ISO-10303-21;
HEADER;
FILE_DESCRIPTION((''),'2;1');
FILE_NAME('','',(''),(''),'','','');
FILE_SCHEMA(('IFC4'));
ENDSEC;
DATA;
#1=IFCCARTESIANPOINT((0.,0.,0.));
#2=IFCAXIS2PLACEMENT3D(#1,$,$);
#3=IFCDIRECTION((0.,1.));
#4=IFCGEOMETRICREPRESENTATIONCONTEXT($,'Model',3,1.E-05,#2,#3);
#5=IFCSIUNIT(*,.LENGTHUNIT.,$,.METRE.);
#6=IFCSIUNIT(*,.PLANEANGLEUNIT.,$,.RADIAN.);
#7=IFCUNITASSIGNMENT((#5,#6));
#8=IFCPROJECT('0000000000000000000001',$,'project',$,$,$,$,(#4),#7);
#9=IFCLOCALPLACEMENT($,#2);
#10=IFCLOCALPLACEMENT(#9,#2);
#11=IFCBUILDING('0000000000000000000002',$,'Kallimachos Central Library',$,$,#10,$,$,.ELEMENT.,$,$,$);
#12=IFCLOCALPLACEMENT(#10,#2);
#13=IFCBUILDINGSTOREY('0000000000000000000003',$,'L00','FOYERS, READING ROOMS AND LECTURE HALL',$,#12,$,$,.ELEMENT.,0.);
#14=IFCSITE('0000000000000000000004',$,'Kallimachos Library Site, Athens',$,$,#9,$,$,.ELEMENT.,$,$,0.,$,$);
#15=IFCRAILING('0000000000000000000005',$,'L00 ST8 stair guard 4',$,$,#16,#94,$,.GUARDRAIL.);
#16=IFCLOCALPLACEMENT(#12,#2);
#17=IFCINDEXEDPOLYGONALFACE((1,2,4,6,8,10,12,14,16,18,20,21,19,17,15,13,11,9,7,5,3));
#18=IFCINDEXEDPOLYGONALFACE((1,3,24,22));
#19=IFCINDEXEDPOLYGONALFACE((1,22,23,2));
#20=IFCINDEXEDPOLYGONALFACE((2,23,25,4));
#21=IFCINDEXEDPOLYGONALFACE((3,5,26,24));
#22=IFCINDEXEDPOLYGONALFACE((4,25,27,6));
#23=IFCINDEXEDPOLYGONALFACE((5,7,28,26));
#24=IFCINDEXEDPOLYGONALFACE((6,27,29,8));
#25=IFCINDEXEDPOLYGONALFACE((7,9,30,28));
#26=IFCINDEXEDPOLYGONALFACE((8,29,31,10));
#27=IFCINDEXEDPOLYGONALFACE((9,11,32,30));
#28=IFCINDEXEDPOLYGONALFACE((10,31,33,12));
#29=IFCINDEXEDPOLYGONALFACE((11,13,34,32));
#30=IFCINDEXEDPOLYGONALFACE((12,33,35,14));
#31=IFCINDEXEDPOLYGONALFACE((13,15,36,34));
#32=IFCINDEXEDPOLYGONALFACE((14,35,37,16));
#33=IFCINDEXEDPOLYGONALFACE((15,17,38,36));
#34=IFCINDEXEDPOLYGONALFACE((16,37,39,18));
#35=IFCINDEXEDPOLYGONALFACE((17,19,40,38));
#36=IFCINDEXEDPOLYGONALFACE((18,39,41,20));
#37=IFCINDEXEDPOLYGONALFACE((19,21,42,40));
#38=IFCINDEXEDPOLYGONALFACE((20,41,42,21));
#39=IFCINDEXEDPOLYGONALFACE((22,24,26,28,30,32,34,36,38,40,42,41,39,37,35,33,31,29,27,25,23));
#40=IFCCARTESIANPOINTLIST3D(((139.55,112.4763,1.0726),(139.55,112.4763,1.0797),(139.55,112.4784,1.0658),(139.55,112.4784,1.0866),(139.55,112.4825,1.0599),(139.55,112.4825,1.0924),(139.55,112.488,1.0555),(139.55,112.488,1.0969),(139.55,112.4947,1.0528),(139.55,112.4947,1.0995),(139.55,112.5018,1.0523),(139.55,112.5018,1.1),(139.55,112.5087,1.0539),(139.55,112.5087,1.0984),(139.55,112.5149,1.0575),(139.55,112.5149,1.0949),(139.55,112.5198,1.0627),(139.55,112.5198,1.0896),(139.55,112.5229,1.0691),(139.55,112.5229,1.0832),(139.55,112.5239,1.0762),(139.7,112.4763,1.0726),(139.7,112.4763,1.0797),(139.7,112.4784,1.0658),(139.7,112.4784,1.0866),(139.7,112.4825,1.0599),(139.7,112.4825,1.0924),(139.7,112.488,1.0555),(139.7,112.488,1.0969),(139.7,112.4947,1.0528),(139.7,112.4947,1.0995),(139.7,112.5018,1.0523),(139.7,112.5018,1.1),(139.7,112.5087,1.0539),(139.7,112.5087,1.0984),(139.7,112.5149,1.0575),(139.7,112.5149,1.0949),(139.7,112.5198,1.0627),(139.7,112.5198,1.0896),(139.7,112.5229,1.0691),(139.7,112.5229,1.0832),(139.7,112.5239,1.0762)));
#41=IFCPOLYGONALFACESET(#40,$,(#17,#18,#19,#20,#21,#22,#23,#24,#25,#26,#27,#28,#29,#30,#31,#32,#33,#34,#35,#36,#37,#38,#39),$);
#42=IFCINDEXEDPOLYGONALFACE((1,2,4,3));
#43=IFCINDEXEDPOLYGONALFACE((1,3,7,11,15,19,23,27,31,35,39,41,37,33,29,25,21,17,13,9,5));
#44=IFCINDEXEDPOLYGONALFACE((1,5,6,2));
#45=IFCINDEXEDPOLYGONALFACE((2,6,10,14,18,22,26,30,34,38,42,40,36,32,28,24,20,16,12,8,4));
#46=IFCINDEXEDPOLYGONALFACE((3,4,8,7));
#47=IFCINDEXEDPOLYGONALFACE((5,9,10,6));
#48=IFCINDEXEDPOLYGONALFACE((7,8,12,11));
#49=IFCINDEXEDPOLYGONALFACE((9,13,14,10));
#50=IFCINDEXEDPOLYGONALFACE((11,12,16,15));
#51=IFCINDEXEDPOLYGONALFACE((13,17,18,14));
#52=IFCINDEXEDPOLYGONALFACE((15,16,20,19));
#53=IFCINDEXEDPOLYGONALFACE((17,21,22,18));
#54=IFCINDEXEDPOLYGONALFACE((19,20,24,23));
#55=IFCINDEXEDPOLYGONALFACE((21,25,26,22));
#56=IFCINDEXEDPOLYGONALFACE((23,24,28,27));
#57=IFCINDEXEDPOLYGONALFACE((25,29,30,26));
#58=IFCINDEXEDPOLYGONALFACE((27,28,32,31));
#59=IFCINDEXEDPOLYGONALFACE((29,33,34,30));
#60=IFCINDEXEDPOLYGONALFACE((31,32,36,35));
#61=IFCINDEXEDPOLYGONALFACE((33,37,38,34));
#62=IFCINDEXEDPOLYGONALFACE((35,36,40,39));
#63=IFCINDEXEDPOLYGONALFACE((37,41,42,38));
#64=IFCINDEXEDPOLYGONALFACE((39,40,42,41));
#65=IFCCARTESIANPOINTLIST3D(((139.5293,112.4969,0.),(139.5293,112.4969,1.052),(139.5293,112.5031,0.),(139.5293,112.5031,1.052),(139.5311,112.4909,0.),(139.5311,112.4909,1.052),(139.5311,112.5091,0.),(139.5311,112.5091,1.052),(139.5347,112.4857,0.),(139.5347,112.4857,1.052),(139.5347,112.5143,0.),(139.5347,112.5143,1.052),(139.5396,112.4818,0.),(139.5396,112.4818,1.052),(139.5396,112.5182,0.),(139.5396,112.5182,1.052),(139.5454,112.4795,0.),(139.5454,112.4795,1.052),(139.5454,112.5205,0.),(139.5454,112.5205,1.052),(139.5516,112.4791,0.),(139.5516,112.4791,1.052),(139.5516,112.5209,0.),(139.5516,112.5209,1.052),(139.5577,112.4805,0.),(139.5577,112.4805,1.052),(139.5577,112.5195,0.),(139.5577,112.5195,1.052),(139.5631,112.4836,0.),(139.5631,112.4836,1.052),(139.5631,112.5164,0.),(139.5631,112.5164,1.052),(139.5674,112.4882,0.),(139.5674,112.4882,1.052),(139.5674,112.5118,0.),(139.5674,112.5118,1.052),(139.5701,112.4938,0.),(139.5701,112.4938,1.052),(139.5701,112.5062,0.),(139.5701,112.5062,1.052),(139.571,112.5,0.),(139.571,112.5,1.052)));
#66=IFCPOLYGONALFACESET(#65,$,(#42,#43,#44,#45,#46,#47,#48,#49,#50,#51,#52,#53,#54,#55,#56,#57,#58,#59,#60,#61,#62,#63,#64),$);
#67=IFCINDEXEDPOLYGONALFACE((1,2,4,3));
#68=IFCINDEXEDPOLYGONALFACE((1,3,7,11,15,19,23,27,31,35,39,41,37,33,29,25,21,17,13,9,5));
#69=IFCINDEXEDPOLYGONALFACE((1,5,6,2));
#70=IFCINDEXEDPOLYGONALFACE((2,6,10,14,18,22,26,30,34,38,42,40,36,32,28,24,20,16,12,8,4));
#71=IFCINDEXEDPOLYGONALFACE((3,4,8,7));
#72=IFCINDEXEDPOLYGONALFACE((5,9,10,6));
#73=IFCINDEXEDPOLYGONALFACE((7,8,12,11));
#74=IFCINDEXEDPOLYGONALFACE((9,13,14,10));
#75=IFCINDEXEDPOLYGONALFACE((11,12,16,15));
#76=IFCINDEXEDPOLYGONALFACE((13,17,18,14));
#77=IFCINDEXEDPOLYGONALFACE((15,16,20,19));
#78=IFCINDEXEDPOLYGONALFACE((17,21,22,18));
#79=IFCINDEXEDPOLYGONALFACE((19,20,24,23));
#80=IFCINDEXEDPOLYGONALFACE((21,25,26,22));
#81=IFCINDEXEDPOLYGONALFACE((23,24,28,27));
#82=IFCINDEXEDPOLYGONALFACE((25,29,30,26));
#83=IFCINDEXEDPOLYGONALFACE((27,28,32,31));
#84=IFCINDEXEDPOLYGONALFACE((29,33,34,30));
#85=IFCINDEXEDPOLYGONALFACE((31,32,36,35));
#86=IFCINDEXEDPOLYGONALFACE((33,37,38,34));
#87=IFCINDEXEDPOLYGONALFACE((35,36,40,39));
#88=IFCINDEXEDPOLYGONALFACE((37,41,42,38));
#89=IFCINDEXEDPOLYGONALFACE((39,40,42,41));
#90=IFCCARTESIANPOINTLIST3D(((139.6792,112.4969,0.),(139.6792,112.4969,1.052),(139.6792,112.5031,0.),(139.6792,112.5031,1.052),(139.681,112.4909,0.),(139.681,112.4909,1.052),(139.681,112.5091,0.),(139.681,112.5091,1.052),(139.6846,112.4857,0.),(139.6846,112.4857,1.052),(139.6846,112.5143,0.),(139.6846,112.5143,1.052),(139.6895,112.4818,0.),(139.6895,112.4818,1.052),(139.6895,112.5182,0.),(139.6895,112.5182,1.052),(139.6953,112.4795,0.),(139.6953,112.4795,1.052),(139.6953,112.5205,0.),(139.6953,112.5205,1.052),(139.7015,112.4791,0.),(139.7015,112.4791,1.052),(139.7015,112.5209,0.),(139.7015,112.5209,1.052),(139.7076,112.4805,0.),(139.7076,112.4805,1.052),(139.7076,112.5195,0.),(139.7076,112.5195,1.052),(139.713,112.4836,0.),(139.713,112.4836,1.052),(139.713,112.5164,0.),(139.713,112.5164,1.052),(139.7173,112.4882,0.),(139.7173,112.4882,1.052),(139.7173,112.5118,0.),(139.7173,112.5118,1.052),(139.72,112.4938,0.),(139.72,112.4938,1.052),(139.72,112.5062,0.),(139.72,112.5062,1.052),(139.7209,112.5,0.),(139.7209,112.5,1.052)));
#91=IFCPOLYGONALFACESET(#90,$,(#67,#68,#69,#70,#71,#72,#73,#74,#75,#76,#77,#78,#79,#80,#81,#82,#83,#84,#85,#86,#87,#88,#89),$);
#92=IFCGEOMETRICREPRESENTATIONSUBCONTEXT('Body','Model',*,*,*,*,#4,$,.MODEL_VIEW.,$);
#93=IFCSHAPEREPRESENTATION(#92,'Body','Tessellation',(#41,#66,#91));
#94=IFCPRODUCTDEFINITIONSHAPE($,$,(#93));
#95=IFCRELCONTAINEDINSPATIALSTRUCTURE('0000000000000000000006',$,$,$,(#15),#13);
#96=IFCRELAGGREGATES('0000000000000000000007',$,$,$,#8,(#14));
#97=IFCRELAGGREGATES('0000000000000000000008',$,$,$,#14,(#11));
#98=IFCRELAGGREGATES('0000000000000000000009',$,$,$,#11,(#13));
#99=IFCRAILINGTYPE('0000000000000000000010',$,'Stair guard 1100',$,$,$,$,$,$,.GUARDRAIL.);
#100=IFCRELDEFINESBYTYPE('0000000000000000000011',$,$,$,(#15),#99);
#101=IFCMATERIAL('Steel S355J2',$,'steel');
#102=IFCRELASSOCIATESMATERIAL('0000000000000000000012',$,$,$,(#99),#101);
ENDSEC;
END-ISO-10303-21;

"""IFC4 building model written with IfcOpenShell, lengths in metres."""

from ifc_helpers import new_model, si_unit, direction, frame, origin, origin_2d, place, context, subcontext, project, spatial, circle, extrude, material, type_object, element, save


model = new_model("IFC4")

# Units and contexts
model_context = context("Model", 3, precision=1e-05, world=origin(), true_north=direction((0.0, 1.0)))
body_context = subcontext(model_context, "Body", "Model", "MODEL_VIEW")
ifc_project = project(units=[si_unit("LENGTHUNIT", "METRE"), si_unit("PLANEANGLEUNIT", "RADIAN")], contexts=[model_context])

# Site, building, storey
site_placement = place(None, origin())
site = spatial("IfcSite", under=ifc_project, at=site_placement, Name="Kallimachos Library Site, Athens", CompositionType="ELEMENT", RefElevation=0.0)
building_placement = place(site_placement, origin())
building = spatial("IfcBuilding", under=site, at=building_placement, Name="Kallimachos Central Library", CompositionType="ELEMENT")
storey_placement = place(building_placement, origin())
storey = spatial("IfcBuildingStorey", under=building, at=storey_placement, Name="L00", Description="FOYERS, READING ROOMS AND LECTURE HALL", CompositionType="ELEMENT", Elevation=0.0)

# Railing
ifc_material_1 = material(Name="Steel S355J2", Category="steel")
railing_type_1 = type_object("IfcRailingType", Name="Stair guard 1100", PredefinedType="GUARDRAIL", material=ifc_material_1)
railing_1_placement = place(storey_placement, frame((139.55, 112.5, 0.0)))
element("IfcRailing", 1, at=railing_1_placement, inside=storey, type_object=railing_type_1, Name="L00 ST8 stair guard 4", PredefinedType="GUARDRAIL", context=body_context, shape_type="SweptSolid", body=[
    extrude(circle(Radius=0.0239, at=origin_2d()), frame((0.0, 0.0, 1.0762), z_axis=(1.0, 0.0, 0.0), x_axis=(0.0, 1.0, 0.0)), (0.0, 0.0, 1.0), 0.1499),
    extrude(circle(Radius=0.021, at=origin_2d()), origin(), (0.0, 0.0, 1.0), 1.052),
    extrude(circle(Radius=0.021, at=origin_2d()), frame((0.1499, 0.0, 0.0)), (0.0, 0.0, 1.0), 1.052),
])

save(model, "model.ifc")
